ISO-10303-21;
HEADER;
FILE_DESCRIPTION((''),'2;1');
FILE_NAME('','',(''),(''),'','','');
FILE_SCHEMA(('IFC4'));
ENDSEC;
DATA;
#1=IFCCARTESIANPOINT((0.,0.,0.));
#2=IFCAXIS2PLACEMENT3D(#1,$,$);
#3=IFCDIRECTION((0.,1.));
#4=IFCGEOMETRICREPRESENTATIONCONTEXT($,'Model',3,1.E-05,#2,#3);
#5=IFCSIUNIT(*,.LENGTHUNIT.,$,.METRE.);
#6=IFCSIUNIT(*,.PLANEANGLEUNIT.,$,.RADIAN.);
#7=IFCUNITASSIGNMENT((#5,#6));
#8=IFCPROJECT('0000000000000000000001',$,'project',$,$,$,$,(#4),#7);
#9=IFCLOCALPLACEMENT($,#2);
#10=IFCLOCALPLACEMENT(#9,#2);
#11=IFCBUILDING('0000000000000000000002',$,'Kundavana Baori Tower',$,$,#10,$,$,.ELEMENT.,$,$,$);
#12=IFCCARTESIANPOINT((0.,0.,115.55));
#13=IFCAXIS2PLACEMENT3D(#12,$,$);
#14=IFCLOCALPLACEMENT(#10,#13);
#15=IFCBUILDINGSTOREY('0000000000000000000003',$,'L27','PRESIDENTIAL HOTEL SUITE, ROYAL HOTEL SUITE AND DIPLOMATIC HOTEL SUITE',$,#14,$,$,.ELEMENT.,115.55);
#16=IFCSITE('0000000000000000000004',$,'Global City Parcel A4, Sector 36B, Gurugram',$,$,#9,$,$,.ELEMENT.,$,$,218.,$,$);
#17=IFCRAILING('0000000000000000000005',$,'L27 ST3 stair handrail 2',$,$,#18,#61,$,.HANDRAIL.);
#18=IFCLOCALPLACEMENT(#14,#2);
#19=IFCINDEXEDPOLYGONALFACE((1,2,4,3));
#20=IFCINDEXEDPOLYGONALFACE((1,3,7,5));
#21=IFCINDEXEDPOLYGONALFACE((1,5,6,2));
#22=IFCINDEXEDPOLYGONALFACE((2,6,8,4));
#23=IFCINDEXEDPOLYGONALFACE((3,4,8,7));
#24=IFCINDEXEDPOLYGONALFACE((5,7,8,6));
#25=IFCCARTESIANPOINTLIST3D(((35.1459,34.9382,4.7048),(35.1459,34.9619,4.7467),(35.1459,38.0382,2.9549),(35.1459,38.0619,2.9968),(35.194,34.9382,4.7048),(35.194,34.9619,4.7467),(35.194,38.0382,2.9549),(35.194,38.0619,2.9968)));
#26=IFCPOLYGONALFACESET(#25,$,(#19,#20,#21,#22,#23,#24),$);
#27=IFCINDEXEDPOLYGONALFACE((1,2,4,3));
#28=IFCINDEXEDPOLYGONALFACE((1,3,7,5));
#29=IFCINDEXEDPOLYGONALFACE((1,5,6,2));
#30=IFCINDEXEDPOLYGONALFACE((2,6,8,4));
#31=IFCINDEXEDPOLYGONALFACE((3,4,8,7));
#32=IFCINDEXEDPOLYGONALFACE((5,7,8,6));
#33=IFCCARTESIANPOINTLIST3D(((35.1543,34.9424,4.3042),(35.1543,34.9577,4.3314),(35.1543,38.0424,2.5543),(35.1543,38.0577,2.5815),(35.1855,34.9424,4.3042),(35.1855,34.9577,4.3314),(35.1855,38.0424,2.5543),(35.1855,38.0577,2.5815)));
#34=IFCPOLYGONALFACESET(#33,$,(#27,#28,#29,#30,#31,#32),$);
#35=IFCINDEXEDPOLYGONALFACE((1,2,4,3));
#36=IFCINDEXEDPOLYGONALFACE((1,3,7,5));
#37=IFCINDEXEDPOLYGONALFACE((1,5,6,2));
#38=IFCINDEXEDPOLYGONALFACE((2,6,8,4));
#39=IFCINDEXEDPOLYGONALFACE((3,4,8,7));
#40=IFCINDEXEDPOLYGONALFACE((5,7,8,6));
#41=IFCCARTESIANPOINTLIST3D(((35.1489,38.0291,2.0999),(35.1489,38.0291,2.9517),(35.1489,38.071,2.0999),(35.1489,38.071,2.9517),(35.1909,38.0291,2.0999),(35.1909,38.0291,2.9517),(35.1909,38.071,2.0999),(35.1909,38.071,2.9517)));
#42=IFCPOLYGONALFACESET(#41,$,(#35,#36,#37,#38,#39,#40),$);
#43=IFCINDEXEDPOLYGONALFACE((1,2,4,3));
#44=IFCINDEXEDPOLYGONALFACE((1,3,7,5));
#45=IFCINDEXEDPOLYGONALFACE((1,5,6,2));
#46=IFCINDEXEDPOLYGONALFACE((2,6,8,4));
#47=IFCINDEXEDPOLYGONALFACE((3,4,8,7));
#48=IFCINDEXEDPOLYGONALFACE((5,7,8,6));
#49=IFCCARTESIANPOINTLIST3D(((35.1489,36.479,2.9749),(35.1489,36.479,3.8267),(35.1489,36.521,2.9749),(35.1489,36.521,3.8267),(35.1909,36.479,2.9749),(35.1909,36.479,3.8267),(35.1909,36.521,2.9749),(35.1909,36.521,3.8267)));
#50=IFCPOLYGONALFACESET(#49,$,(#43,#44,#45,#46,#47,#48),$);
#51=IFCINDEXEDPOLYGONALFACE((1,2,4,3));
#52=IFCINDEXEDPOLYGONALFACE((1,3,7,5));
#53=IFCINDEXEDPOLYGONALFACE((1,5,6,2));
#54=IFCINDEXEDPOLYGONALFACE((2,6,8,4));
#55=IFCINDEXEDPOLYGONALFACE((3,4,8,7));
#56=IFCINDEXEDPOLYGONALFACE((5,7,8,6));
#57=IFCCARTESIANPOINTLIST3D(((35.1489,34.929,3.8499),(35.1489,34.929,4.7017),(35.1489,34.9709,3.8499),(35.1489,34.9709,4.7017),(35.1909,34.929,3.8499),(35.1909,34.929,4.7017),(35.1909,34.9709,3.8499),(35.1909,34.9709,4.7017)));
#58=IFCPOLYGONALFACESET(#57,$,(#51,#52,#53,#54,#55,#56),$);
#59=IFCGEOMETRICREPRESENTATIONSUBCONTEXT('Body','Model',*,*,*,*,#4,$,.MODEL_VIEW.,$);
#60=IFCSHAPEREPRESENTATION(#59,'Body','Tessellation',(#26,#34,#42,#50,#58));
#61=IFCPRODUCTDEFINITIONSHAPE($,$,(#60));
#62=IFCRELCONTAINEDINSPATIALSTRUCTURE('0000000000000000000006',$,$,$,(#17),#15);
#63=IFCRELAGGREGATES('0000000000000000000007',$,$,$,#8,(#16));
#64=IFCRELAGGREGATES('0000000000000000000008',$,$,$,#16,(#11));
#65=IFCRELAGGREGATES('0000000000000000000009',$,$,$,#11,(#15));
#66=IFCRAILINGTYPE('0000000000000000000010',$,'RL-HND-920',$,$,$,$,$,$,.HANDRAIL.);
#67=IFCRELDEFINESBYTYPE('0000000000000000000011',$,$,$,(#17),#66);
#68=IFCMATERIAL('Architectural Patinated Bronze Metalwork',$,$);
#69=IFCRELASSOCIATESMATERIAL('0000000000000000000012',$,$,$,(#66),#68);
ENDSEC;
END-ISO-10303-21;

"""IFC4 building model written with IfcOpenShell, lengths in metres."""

from ifc_helpers import new_model, si_unit, direction, frame, origin, origin_2d, place, context, subcontext, project, spatial, rectangle, extrude, material, type_object, element, save


model = new_model("IFC4")

# Units and contexts
model_context = context("Model", 3, precision=1e-05, world=origin(), true_north=direction((0.0, 1.0)))
body_context = subcontext(model_context, "Body", "Model", "MODEL_VIEW")
ifc_project = project(units=[si_unit("LENGTHUNIT", "METRE"), si_unit("PLANEANGLEUNIT", "RADIAN")], contexts=[model_context])

# Site, building, storey
site_placement = place(None, origin())
site = spatial("IfcSite", under=ifc_project, at=site_placement, Name="Global City Parcel A4, Sector 36B, Gurugram", CompositionType="ELEMENT", RefElevation=218.0)
building_placement = place(site_placement, origin())
building = spatial("IfcBuilding", under=site, at=building_placement, Name="Kundavana Baori Tower", CompositionType="ELEMENT")
storey_placement = place(building_placement, frame((0.0, 0.0, 115.55)))
storey = spatial("IfcBuildingStorey", under=building, at=storey_placement, Name="L27", Description="PRESIDENTIAL HOTEL SUITE, ROYAL HOTEL SUITE AND DIPLOMATIC HOTEL SUITE", CompositionType="ELEMENT", Elevation=115.55)

# Railing
ifc_material_1 = material(Name="Architectural Patinated Bronze Metalwork")
railing_type_1 = type_object("IfcRailingType", Name="RL-HND-920", PredefinedType="HANDRAIL", material=ifc_material_1)
railing_1_placement = place(storey_placement, frame((35.1699, 38.05, 2.0999)))
element("IfcRailing", 1, at=railing_1_placement, inside=storey, type_object=railing_type_1, Name="L27 ST3 stair handrail 2", PredefinedType="HANDRAIL", context=body_context, shape_type="SweptSolid", body=[
    extrude(rectangle(XDim=0.0481, YDim=0.0481, at=origin_2d()), frame((0.0, 0.0, 0.876), z_axis=(0.0, -0.870831, 0.491583), x_axis=(1.0, 0.0, 0.0)), (0.0, 0.0, 1.0), 3.5598),
    extrude(rectangle(XDim=0.0312, YDim=0.0312, at=origin_2d()), frame((0.0, 0.0, 0.468), z_axis=(0.0, -0.870831, 0.491583), x_axis=(1.0, 0.0, 0.0)), (0.0, 0.0, 1.0), 3.5598),
    extrude(rectangle(XDim=0.042, YDim=0.042, at=origin_2d()), origin(), (0.0, 0.0, 1.0), 0.8518),
    extrude(rectangle(XDim=0.042, YDim=0.042, at=origin_2d()), frame((0.0, -1.55, 0.875)), (0.0, 0.0, 1.0), 0.8518),
    extrude(rectangle(XDim=0.042, YDim=0.042, at=origin_2d()), frame((0.0, -3.1001, 1.75)), (0.0, 0.0, 1.0), 0.8518),
])

save(model, "model.ifc")
